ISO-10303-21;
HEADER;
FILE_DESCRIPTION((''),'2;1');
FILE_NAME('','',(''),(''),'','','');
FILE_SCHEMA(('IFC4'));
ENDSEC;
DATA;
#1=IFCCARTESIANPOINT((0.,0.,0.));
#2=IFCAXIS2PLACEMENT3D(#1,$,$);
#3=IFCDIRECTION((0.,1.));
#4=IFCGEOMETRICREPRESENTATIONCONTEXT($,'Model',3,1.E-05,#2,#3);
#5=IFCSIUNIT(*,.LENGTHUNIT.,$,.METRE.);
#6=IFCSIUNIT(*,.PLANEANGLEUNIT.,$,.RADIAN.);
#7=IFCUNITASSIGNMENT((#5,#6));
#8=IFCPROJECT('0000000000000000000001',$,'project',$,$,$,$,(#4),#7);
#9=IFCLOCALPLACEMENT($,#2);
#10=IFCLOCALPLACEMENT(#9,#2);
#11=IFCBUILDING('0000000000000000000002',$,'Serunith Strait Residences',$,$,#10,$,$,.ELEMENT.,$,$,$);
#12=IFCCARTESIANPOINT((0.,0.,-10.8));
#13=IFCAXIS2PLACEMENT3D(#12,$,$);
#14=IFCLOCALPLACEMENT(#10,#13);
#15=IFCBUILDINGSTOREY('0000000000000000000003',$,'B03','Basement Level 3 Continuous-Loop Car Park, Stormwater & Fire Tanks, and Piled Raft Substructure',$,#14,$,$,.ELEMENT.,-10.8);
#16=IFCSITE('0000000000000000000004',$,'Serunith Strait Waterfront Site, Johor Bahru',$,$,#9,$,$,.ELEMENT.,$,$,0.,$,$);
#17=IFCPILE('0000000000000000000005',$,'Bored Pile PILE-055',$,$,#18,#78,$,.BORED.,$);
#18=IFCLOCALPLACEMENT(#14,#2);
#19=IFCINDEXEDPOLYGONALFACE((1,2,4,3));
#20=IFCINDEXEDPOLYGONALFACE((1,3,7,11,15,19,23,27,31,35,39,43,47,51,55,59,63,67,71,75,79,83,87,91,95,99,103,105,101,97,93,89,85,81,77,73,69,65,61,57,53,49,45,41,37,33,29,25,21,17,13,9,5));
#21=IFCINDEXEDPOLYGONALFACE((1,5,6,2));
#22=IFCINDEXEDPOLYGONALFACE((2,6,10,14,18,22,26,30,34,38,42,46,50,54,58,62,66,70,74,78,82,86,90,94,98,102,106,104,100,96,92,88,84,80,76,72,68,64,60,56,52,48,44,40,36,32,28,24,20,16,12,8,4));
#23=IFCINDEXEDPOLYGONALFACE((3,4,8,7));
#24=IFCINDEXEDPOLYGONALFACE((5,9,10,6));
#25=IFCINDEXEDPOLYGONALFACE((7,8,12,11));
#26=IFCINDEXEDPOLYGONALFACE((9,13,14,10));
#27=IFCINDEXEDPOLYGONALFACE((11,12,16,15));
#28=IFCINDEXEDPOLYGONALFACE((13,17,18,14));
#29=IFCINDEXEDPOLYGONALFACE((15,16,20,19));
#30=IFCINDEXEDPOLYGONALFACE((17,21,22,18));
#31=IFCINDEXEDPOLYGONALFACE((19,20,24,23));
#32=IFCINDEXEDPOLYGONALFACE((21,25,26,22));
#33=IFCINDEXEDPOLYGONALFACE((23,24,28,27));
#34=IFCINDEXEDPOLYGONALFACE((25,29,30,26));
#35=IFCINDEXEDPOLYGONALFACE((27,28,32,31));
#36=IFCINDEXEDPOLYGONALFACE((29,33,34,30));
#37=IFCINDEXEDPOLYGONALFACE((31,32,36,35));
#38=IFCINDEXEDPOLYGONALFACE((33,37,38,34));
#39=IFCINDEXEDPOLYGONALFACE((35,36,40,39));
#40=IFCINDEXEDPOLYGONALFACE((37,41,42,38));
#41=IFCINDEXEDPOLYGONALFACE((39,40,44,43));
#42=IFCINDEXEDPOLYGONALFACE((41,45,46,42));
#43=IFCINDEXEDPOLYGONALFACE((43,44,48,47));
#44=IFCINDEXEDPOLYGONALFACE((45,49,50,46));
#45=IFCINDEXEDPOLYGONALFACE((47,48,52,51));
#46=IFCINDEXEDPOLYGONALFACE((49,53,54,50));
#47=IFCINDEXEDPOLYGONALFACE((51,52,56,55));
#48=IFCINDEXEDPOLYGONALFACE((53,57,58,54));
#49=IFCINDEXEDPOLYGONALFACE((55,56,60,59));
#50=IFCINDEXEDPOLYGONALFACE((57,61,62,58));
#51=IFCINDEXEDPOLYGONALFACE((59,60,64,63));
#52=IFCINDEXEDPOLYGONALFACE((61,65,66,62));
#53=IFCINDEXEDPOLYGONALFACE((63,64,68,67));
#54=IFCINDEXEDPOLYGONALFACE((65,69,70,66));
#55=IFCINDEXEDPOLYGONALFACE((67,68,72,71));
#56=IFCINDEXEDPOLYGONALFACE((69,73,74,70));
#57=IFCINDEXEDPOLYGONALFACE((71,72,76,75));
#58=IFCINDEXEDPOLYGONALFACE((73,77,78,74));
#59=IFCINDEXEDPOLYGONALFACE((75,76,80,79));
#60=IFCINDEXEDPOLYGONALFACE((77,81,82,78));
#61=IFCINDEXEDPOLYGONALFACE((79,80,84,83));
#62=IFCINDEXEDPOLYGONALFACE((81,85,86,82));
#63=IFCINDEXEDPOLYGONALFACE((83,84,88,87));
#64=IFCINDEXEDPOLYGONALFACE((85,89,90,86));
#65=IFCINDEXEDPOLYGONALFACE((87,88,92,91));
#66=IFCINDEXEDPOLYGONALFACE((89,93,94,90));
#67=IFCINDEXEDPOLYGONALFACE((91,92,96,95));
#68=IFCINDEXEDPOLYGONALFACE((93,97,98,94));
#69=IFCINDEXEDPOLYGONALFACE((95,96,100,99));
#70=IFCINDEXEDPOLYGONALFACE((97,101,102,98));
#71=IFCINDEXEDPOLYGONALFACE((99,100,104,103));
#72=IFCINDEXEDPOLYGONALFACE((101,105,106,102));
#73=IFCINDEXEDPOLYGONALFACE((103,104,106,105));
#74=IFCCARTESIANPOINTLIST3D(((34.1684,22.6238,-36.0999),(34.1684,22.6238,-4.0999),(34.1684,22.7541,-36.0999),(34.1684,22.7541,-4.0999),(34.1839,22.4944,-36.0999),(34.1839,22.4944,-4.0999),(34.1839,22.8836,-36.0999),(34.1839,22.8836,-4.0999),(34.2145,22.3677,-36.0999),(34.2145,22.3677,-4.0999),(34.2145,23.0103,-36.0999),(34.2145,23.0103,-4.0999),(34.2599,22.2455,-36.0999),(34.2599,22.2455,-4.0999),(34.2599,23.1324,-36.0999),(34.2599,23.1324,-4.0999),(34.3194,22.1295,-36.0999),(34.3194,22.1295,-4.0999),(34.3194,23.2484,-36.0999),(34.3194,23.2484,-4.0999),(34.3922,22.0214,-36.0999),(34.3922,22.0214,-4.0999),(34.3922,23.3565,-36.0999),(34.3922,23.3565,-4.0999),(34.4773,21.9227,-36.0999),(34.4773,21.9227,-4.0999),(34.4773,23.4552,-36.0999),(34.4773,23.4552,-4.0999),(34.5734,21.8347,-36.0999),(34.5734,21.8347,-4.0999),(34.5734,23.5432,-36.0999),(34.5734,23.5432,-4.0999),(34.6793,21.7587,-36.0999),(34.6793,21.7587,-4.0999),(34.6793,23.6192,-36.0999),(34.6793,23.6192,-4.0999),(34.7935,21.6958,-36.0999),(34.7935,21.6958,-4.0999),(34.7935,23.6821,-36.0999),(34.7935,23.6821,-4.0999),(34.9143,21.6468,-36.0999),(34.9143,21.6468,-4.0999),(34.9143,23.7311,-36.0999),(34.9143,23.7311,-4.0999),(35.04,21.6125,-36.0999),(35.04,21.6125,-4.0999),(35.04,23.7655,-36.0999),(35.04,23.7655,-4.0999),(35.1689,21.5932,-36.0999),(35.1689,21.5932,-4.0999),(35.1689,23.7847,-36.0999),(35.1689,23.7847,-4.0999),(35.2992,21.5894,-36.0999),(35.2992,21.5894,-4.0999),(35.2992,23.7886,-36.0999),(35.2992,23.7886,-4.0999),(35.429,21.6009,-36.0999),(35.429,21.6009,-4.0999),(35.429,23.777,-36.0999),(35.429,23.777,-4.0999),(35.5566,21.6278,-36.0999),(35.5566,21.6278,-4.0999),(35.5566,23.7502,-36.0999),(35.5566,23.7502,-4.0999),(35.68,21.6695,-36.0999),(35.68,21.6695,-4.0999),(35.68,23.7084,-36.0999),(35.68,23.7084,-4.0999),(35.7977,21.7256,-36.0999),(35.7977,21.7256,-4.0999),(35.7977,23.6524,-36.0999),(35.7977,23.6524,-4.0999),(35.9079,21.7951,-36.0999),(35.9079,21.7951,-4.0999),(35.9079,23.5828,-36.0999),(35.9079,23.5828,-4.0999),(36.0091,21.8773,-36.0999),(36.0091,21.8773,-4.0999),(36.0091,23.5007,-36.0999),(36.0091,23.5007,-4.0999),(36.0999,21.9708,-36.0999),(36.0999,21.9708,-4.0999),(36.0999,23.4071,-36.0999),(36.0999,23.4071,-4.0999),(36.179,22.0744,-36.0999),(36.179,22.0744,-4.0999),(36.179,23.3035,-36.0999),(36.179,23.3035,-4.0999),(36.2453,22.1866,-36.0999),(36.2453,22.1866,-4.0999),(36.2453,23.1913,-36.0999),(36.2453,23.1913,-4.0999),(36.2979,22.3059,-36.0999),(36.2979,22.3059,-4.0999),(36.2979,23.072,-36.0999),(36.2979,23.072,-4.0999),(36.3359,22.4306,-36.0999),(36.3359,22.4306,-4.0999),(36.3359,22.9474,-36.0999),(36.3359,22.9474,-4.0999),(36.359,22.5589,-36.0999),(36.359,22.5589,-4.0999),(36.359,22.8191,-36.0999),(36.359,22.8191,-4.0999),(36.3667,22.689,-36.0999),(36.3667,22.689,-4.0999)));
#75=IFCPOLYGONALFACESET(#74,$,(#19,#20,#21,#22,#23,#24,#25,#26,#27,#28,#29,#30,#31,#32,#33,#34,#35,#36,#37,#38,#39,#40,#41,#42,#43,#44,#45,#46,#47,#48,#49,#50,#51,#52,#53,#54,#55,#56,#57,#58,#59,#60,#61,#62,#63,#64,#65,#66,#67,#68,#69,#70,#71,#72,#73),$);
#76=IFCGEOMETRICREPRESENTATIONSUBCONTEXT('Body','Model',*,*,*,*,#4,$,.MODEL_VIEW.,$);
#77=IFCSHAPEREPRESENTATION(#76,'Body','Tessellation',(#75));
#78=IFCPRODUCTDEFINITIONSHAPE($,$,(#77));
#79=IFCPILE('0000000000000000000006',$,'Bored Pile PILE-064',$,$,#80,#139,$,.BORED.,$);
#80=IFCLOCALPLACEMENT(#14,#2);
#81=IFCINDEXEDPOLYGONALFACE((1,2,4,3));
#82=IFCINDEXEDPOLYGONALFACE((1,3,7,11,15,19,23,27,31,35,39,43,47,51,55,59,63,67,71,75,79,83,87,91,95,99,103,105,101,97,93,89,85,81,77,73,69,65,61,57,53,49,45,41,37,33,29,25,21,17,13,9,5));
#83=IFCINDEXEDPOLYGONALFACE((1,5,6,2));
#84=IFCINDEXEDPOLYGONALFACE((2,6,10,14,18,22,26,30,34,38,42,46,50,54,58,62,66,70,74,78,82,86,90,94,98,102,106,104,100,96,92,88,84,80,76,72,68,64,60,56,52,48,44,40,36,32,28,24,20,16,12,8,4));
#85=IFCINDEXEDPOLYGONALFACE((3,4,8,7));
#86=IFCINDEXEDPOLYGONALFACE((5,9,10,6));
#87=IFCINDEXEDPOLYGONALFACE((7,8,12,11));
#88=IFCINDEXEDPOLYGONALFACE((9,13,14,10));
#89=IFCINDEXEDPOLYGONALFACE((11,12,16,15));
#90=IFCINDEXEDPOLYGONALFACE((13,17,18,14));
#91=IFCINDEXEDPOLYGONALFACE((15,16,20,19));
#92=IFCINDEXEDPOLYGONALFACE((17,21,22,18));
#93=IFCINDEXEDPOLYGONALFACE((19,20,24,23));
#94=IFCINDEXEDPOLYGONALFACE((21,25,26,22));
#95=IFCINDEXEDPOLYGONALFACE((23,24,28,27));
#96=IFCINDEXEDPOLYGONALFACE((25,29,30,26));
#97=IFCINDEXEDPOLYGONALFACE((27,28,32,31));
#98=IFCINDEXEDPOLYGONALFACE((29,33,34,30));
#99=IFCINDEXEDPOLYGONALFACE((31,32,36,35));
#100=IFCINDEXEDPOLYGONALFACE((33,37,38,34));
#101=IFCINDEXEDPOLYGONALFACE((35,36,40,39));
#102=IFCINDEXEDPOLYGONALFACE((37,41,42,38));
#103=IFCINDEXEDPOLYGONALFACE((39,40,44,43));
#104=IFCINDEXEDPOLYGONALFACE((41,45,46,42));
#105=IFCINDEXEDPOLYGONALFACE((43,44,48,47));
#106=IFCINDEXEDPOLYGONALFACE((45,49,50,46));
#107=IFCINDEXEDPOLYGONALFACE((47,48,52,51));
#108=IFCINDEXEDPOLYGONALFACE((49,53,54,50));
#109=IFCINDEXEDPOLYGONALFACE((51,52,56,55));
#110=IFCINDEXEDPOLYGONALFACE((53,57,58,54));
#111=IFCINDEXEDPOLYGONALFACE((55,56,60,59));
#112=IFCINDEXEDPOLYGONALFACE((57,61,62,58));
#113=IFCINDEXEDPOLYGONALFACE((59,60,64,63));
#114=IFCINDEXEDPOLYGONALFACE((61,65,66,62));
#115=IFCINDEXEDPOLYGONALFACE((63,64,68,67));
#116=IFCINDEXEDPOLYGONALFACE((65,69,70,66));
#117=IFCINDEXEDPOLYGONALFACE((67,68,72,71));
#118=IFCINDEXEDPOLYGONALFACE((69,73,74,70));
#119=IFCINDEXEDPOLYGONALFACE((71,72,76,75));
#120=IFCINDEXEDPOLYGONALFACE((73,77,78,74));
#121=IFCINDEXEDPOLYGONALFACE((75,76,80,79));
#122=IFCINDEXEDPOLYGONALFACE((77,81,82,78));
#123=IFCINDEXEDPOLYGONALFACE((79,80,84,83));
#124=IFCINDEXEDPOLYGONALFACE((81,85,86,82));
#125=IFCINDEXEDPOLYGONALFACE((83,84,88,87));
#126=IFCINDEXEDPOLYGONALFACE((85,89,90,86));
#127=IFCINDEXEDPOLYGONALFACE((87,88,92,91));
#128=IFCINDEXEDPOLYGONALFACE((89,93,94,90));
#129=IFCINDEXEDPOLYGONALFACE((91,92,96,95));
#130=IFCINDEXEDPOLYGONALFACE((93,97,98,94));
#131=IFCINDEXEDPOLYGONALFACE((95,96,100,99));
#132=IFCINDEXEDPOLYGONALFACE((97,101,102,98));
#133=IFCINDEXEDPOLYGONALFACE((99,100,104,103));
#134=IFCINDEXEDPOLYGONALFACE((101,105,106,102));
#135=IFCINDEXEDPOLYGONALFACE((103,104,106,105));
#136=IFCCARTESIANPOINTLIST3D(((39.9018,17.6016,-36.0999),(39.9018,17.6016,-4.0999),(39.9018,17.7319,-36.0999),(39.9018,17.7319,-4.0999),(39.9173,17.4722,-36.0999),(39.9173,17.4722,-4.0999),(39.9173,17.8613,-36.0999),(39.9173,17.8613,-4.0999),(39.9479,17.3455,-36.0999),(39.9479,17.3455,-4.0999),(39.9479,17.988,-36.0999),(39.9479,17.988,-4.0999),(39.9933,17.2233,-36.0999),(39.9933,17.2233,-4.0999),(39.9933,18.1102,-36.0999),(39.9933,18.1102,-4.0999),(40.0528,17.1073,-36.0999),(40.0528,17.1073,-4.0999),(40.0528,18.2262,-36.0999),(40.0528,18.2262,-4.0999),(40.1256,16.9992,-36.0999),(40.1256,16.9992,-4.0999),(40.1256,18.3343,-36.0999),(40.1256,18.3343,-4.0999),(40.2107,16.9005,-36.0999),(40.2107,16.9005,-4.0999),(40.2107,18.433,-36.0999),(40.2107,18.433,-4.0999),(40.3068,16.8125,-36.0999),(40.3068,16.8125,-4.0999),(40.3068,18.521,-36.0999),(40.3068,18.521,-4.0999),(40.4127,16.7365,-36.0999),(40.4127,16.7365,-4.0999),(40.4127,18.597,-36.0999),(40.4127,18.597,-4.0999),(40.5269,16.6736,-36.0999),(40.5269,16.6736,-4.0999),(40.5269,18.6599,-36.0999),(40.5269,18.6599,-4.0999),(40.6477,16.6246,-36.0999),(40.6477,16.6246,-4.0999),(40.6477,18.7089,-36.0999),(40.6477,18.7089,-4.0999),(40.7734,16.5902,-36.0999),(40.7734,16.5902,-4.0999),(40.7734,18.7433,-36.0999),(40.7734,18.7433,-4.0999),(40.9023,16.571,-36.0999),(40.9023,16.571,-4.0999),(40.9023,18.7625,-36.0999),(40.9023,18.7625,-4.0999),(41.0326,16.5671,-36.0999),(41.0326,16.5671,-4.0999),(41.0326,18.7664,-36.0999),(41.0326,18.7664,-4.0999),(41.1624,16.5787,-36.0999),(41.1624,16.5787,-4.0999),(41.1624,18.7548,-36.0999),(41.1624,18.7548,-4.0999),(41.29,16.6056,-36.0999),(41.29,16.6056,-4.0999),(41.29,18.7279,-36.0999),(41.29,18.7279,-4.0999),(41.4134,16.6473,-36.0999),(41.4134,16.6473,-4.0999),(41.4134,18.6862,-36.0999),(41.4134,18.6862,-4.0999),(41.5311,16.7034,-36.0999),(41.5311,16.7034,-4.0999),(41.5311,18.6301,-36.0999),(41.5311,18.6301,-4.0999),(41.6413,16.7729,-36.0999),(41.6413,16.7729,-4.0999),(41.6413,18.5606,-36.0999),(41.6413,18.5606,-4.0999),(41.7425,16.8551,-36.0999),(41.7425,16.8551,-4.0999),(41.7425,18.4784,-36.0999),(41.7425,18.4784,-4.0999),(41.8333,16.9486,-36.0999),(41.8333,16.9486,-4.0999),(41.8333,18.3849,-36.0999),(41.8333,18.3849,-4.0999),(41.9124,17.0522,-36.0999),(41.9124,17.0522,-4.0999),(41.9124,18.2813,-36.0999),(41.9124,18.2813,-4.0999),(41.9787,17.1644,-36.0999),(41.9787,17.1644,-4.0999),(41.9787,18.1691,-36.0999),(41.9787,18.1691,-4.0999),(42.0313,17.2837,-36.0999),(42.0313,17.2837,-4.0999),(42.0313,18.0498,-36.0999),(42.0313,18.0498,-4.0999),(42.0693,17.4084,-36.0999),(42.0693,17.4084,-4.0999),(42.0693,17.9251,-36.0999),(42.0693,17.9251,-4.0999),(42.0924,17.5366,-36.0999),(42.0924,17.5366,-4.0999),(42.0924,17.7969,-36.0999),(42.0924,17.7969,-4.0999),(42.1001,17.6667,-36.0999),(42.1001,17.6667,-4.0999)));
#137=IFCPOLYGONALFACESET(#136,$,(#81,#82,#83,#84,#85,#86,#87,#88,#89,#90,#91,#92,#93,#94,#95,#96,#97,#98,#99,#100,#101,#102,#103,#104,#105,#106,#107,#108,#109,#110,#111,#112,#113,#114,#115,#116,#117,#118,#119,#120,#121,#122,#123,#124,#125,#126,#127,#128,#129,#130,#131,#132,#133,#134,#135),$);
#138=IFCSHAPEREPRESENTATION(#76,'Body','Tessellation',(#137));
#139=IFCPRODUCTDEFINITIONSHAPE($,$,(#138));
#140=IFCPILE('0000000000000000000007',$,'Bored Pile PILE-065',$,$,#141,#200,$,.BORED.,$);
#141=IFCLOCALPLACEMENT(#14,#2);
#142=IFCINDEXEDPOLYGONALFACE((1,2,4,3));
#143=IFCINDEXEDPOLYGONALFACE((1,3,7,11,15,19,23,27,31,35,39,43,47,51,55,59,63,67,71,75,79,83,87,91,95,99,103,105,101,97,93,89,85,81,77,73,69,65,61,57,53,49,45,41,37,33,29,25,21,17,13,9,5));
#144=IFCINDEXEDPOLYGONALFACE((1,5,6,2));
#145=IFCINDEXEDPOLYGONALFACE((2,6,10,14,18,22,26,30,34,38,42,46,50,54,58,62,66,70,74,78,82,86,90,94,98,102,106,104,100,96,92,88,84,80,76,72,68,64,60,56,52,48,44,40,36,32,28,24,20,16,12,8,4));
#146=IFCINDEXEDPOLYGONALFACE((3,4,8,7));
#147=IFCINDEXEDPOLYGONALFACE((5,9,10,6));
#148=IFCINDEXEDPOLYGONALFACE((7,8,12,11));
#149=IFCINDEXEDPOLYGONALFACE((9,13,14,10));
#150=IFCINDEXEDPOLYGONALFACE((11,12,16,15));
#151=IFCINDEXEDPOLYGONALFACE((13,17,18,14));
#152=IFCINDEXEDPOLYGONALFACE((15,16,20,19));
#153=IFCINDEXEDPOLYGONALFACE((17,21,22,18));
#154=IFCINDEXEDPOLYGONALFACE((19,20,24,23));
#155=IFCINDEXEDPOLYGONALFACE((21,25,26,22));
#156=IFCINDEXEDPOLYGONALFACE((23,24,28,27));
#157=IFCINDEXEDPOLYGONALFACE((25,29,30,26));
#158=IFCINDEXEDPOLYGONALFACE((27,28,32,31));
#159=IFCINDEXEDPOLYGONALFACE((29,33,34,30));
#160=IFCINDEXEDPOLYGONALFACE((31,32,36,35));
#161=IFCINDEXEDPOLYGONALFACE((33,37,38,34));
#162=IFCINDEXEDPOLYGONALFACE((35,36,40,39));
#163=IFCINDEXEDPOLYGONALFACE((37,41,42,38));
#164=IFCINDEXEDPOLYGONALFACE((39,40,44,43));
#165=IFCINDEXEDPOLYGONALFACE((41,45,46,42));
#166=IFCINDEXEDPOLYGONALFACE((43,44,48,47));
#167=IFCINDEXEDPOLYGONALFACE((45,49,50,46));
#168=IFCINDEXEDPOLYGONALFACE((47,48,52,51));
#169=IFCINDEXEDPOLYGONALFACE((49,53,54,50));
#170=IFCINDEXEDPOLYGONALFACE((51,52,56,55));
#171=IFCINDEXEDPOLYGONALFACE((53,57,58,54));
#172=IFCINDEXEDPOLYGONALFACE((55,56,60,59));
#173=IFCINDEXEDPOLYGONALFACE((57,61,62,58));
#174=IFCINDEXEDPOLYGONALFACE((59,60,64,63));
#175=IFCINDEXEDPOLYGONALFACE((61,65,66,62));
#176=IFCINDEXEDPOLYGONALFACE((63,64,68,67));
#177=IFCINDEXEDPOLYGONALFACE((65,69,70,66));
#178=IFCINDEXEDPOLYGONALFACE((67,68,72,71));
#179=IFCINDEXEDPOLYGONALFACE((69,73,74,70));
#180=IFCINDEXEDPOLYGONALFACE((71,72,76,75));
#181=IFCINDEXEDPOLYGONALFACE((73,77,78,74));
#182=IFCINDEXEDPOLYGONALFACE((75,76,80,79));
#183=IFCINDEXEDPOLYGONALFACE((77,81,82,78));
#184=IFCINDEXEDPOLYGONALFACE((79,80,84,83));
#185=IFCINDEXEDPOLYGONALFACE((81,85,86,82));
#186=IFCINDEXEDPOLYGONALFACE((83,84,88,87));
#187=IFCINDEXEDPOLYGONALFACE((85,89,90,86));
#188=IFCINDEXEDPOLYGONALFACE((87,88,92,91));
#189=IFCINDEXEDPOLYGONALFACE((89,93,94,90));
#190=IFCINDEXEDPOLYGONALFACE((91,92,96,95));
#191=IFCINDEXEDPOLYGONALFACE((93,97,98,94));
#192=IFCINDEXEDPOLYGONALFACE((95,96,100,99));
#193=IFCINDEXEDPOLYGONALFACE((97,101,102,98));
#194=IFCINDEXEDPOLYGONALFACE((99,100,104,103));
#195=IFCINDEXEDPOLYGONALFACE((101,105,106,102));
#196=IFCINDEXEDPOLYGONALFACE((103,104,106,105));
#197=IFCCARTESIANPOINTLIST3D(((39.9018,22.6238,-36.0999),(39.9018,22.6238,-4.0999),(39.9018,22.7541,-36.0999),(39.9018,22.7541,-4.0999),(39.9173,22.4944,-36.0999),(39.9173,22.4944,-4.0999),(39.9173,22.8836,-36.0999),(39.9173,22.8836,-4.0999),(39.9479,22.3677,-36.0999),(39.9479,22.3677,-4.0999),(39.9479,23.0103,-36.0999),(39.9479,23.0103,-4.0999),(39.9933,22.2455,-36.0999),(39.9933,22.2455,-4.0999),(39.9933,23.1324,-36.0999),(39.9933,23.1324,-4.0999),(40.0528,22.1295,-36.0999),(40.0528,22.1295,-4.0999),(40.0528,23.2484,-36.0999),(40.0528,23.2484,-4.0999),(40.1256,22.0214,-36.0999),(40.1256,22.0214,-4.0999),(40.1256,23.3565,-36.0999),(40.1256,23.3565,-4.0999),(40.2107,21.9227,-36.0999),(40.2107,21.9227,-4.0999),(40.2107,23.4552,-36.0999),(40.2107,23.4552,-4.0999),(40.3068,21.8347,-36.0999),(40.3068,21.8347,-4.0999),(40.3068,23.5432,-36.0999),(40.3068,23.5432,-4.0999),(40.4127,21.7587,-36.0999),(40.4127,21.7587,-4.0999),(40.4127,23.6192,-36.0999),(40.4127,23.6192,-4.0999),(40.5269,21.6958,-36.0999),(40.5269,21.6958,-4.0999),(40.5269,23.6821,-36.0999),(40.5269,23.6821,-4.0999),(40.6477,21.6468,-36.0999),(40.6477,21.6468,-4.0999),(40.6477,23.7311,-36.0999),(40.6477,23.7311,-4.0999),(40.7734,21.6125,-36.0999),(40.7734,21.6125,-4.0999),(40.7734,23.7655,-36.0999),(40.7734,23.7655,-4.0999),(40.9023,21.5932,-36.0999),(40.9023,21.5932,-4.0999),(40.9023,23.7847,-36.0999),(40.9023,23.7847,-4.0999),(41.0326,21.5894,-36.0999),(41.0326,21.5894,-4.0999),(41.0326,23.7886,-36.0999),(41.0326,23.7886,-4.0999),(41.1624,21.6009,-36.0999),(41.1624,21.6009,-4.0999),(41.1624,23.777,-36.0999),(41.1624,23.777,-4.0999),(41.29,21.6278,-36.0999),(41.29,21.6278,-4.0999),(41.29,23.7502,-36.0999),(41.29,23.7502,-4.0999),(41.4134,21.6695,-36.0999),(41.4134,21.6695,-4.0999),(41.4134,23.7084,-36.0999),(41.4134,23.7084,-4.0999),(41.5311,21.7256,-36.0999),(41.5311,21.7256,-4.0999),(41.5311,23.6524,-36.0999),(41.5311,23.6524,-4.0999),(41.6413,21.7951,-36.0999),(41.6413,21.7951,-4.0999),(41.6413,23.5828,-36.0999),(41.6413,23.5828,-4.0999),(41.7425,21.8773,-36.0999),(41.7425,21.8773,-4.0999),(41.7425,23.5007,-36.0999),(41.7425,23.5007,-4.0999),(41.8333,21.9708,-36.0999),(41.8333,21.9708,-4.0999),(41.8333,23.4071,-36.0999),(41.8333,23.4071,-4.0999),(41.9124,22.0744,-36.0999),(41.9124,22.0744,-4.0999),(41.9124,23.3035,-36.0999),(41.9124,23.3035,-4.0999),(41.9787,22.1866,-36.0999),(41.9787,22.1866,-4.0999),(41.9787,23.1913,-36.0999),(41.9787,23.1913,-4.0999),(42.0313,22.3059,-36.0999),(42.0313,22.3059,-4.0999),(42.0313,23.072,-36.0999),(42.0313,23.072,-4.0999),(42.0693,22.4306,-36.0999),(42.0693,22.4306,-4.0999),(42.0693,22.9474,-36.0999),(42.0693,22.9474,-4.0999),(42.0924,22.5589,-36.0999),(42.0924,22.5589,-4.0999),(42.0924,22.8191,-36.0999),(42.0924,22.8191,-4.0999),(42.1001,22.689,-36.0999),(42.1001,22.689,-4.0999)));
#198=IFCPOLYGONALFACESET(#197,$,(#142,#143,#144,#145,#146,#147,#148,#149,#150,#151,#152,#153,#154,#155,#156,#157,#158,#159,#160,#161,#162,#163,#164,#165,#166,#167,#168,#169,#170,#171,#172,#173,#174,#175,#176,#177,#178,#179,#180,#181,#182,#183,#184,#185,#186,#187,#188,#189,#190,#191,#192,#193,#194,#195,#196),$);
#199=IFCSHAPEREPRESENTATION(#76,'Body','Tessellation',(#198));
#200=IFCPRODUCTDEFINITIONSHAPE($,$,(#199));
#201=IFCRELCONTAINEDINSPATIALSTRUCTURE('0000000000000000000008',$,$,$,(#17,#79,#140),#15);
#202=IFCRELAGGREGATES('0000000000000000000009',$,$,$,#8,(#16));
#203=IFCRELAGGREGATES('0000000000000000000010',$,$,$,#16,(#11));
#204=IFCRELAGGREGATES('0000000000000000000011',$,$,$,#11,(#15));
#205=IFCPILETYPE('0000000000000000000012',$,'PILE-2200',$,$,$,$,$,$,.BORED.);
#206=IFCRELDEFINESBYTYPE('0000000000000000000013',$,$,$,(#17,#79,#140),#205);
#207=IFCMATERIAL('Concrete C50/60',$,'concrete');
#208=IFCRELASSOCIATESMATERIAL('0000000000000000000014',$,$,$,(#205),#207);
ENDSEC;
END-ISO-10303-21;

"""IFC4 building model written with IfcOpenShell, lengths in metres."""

from ifc_helpers import new_model, si_unit, direction, frame, origin, origin_2d, place, context, subcontext, project, spatial, circle, extrude, source, transform, mapped, material, material_profile, profile_set, type_object, element, save


model = new_model("IFC4")

# Units and contexts
model_context = context("Model", 3, precision=1e-05, world=origin(), true_north=direction((0.0, 1.0)))
body_context = subcontext(model_context, "Body", "Model", "MODEL_VIEW")
ifc_project = project(units=[si_unit("LENGTHUNIT", "METRE"), si_unit("PLANEANGLEUNIT", "RADIAN")], contexts=[model_context])

# Site, building, storey
site_placement = place(None, origin())
site = spatial("IfcSite", under=ifc_project, at=site_placement, Name="Serunith Strait Waterfront Site, Johor Bahru", CompositionType="ELEMENT", RefElevation=0.0)
building_placement = place(site_placement, origin())
building = spatial("IfcBuilding", under=site, at=building_placement, Name="Serunith Strait Residences", CompositionType="ELEMENT")
storey_placement = place(building_placement, frame((0.0, 0.0, -10.8)))
storey = spatial("IfcBuildingStorey", under=building, at=storey_placement, Name="B03", Description="Basement Level 3 Continuous-Loop Car Park, Stormwater & Fire Tanks, and Piled Raft Substructure", CompositionType="ELEMENT", Elevation=-10.8)

# Piles
ifc_material_1 = material(Name="Concrete C50/60", Category="concrete")
ifc_material_profile_1 = material_profile(ifc_material_1, circle(Radius=1.1001, at=origin_2d()), Name="PILE D2200")
ifc_profile_set_1 = profile_set([ifc_material_profile_1], Name="Concrete C50/60")
pile_type = type_object("IfcPileType", Name="PILE-2200", PredefinedType="BORED", material=ifc_profile_set_1)
shared_shape_1 = source(origin(), body_context, "Body", "SweptSolid", [
    extrude(circle(Radius=1.1001, at=origin_2d()), origin(), (0.0, 0.0, 1.0), 32.0),
])
for number, where, z_axis, x_axis, name in (
    (1, (35.2666, 22.689, -4.0999), (0.0, 0.0, -1.0), (1.0, 0.0, 0.0), "Bored Pile PILE-055"),
    (2, (41.0, 17.6667, -4.0999), (0.0, 0.0, -1.0), (1.0, 0.0, 0.0), "Bored Pile PILE-064"),
    (3, (41.0, 22.689, -4.0999), (0.0, 0.0, -1.0), (1.0, 0.0, 0.0), "Bored Pile PILE-065"),
):
    element("IfcPile", number, at=place(storey_placement, frame(where, z_axis=z_axis, x_axis=x_axis)), inside=storey, type_object=pile_type, Name=name, PredefinedType="BORED", context=body_context, shape_type="MappedRepresentation", body=[
        mapped(shared_shape_1, transform((0.0, 0.0, 0.0), scale=1.0)),
    ])

save(model, "model.ifc")
